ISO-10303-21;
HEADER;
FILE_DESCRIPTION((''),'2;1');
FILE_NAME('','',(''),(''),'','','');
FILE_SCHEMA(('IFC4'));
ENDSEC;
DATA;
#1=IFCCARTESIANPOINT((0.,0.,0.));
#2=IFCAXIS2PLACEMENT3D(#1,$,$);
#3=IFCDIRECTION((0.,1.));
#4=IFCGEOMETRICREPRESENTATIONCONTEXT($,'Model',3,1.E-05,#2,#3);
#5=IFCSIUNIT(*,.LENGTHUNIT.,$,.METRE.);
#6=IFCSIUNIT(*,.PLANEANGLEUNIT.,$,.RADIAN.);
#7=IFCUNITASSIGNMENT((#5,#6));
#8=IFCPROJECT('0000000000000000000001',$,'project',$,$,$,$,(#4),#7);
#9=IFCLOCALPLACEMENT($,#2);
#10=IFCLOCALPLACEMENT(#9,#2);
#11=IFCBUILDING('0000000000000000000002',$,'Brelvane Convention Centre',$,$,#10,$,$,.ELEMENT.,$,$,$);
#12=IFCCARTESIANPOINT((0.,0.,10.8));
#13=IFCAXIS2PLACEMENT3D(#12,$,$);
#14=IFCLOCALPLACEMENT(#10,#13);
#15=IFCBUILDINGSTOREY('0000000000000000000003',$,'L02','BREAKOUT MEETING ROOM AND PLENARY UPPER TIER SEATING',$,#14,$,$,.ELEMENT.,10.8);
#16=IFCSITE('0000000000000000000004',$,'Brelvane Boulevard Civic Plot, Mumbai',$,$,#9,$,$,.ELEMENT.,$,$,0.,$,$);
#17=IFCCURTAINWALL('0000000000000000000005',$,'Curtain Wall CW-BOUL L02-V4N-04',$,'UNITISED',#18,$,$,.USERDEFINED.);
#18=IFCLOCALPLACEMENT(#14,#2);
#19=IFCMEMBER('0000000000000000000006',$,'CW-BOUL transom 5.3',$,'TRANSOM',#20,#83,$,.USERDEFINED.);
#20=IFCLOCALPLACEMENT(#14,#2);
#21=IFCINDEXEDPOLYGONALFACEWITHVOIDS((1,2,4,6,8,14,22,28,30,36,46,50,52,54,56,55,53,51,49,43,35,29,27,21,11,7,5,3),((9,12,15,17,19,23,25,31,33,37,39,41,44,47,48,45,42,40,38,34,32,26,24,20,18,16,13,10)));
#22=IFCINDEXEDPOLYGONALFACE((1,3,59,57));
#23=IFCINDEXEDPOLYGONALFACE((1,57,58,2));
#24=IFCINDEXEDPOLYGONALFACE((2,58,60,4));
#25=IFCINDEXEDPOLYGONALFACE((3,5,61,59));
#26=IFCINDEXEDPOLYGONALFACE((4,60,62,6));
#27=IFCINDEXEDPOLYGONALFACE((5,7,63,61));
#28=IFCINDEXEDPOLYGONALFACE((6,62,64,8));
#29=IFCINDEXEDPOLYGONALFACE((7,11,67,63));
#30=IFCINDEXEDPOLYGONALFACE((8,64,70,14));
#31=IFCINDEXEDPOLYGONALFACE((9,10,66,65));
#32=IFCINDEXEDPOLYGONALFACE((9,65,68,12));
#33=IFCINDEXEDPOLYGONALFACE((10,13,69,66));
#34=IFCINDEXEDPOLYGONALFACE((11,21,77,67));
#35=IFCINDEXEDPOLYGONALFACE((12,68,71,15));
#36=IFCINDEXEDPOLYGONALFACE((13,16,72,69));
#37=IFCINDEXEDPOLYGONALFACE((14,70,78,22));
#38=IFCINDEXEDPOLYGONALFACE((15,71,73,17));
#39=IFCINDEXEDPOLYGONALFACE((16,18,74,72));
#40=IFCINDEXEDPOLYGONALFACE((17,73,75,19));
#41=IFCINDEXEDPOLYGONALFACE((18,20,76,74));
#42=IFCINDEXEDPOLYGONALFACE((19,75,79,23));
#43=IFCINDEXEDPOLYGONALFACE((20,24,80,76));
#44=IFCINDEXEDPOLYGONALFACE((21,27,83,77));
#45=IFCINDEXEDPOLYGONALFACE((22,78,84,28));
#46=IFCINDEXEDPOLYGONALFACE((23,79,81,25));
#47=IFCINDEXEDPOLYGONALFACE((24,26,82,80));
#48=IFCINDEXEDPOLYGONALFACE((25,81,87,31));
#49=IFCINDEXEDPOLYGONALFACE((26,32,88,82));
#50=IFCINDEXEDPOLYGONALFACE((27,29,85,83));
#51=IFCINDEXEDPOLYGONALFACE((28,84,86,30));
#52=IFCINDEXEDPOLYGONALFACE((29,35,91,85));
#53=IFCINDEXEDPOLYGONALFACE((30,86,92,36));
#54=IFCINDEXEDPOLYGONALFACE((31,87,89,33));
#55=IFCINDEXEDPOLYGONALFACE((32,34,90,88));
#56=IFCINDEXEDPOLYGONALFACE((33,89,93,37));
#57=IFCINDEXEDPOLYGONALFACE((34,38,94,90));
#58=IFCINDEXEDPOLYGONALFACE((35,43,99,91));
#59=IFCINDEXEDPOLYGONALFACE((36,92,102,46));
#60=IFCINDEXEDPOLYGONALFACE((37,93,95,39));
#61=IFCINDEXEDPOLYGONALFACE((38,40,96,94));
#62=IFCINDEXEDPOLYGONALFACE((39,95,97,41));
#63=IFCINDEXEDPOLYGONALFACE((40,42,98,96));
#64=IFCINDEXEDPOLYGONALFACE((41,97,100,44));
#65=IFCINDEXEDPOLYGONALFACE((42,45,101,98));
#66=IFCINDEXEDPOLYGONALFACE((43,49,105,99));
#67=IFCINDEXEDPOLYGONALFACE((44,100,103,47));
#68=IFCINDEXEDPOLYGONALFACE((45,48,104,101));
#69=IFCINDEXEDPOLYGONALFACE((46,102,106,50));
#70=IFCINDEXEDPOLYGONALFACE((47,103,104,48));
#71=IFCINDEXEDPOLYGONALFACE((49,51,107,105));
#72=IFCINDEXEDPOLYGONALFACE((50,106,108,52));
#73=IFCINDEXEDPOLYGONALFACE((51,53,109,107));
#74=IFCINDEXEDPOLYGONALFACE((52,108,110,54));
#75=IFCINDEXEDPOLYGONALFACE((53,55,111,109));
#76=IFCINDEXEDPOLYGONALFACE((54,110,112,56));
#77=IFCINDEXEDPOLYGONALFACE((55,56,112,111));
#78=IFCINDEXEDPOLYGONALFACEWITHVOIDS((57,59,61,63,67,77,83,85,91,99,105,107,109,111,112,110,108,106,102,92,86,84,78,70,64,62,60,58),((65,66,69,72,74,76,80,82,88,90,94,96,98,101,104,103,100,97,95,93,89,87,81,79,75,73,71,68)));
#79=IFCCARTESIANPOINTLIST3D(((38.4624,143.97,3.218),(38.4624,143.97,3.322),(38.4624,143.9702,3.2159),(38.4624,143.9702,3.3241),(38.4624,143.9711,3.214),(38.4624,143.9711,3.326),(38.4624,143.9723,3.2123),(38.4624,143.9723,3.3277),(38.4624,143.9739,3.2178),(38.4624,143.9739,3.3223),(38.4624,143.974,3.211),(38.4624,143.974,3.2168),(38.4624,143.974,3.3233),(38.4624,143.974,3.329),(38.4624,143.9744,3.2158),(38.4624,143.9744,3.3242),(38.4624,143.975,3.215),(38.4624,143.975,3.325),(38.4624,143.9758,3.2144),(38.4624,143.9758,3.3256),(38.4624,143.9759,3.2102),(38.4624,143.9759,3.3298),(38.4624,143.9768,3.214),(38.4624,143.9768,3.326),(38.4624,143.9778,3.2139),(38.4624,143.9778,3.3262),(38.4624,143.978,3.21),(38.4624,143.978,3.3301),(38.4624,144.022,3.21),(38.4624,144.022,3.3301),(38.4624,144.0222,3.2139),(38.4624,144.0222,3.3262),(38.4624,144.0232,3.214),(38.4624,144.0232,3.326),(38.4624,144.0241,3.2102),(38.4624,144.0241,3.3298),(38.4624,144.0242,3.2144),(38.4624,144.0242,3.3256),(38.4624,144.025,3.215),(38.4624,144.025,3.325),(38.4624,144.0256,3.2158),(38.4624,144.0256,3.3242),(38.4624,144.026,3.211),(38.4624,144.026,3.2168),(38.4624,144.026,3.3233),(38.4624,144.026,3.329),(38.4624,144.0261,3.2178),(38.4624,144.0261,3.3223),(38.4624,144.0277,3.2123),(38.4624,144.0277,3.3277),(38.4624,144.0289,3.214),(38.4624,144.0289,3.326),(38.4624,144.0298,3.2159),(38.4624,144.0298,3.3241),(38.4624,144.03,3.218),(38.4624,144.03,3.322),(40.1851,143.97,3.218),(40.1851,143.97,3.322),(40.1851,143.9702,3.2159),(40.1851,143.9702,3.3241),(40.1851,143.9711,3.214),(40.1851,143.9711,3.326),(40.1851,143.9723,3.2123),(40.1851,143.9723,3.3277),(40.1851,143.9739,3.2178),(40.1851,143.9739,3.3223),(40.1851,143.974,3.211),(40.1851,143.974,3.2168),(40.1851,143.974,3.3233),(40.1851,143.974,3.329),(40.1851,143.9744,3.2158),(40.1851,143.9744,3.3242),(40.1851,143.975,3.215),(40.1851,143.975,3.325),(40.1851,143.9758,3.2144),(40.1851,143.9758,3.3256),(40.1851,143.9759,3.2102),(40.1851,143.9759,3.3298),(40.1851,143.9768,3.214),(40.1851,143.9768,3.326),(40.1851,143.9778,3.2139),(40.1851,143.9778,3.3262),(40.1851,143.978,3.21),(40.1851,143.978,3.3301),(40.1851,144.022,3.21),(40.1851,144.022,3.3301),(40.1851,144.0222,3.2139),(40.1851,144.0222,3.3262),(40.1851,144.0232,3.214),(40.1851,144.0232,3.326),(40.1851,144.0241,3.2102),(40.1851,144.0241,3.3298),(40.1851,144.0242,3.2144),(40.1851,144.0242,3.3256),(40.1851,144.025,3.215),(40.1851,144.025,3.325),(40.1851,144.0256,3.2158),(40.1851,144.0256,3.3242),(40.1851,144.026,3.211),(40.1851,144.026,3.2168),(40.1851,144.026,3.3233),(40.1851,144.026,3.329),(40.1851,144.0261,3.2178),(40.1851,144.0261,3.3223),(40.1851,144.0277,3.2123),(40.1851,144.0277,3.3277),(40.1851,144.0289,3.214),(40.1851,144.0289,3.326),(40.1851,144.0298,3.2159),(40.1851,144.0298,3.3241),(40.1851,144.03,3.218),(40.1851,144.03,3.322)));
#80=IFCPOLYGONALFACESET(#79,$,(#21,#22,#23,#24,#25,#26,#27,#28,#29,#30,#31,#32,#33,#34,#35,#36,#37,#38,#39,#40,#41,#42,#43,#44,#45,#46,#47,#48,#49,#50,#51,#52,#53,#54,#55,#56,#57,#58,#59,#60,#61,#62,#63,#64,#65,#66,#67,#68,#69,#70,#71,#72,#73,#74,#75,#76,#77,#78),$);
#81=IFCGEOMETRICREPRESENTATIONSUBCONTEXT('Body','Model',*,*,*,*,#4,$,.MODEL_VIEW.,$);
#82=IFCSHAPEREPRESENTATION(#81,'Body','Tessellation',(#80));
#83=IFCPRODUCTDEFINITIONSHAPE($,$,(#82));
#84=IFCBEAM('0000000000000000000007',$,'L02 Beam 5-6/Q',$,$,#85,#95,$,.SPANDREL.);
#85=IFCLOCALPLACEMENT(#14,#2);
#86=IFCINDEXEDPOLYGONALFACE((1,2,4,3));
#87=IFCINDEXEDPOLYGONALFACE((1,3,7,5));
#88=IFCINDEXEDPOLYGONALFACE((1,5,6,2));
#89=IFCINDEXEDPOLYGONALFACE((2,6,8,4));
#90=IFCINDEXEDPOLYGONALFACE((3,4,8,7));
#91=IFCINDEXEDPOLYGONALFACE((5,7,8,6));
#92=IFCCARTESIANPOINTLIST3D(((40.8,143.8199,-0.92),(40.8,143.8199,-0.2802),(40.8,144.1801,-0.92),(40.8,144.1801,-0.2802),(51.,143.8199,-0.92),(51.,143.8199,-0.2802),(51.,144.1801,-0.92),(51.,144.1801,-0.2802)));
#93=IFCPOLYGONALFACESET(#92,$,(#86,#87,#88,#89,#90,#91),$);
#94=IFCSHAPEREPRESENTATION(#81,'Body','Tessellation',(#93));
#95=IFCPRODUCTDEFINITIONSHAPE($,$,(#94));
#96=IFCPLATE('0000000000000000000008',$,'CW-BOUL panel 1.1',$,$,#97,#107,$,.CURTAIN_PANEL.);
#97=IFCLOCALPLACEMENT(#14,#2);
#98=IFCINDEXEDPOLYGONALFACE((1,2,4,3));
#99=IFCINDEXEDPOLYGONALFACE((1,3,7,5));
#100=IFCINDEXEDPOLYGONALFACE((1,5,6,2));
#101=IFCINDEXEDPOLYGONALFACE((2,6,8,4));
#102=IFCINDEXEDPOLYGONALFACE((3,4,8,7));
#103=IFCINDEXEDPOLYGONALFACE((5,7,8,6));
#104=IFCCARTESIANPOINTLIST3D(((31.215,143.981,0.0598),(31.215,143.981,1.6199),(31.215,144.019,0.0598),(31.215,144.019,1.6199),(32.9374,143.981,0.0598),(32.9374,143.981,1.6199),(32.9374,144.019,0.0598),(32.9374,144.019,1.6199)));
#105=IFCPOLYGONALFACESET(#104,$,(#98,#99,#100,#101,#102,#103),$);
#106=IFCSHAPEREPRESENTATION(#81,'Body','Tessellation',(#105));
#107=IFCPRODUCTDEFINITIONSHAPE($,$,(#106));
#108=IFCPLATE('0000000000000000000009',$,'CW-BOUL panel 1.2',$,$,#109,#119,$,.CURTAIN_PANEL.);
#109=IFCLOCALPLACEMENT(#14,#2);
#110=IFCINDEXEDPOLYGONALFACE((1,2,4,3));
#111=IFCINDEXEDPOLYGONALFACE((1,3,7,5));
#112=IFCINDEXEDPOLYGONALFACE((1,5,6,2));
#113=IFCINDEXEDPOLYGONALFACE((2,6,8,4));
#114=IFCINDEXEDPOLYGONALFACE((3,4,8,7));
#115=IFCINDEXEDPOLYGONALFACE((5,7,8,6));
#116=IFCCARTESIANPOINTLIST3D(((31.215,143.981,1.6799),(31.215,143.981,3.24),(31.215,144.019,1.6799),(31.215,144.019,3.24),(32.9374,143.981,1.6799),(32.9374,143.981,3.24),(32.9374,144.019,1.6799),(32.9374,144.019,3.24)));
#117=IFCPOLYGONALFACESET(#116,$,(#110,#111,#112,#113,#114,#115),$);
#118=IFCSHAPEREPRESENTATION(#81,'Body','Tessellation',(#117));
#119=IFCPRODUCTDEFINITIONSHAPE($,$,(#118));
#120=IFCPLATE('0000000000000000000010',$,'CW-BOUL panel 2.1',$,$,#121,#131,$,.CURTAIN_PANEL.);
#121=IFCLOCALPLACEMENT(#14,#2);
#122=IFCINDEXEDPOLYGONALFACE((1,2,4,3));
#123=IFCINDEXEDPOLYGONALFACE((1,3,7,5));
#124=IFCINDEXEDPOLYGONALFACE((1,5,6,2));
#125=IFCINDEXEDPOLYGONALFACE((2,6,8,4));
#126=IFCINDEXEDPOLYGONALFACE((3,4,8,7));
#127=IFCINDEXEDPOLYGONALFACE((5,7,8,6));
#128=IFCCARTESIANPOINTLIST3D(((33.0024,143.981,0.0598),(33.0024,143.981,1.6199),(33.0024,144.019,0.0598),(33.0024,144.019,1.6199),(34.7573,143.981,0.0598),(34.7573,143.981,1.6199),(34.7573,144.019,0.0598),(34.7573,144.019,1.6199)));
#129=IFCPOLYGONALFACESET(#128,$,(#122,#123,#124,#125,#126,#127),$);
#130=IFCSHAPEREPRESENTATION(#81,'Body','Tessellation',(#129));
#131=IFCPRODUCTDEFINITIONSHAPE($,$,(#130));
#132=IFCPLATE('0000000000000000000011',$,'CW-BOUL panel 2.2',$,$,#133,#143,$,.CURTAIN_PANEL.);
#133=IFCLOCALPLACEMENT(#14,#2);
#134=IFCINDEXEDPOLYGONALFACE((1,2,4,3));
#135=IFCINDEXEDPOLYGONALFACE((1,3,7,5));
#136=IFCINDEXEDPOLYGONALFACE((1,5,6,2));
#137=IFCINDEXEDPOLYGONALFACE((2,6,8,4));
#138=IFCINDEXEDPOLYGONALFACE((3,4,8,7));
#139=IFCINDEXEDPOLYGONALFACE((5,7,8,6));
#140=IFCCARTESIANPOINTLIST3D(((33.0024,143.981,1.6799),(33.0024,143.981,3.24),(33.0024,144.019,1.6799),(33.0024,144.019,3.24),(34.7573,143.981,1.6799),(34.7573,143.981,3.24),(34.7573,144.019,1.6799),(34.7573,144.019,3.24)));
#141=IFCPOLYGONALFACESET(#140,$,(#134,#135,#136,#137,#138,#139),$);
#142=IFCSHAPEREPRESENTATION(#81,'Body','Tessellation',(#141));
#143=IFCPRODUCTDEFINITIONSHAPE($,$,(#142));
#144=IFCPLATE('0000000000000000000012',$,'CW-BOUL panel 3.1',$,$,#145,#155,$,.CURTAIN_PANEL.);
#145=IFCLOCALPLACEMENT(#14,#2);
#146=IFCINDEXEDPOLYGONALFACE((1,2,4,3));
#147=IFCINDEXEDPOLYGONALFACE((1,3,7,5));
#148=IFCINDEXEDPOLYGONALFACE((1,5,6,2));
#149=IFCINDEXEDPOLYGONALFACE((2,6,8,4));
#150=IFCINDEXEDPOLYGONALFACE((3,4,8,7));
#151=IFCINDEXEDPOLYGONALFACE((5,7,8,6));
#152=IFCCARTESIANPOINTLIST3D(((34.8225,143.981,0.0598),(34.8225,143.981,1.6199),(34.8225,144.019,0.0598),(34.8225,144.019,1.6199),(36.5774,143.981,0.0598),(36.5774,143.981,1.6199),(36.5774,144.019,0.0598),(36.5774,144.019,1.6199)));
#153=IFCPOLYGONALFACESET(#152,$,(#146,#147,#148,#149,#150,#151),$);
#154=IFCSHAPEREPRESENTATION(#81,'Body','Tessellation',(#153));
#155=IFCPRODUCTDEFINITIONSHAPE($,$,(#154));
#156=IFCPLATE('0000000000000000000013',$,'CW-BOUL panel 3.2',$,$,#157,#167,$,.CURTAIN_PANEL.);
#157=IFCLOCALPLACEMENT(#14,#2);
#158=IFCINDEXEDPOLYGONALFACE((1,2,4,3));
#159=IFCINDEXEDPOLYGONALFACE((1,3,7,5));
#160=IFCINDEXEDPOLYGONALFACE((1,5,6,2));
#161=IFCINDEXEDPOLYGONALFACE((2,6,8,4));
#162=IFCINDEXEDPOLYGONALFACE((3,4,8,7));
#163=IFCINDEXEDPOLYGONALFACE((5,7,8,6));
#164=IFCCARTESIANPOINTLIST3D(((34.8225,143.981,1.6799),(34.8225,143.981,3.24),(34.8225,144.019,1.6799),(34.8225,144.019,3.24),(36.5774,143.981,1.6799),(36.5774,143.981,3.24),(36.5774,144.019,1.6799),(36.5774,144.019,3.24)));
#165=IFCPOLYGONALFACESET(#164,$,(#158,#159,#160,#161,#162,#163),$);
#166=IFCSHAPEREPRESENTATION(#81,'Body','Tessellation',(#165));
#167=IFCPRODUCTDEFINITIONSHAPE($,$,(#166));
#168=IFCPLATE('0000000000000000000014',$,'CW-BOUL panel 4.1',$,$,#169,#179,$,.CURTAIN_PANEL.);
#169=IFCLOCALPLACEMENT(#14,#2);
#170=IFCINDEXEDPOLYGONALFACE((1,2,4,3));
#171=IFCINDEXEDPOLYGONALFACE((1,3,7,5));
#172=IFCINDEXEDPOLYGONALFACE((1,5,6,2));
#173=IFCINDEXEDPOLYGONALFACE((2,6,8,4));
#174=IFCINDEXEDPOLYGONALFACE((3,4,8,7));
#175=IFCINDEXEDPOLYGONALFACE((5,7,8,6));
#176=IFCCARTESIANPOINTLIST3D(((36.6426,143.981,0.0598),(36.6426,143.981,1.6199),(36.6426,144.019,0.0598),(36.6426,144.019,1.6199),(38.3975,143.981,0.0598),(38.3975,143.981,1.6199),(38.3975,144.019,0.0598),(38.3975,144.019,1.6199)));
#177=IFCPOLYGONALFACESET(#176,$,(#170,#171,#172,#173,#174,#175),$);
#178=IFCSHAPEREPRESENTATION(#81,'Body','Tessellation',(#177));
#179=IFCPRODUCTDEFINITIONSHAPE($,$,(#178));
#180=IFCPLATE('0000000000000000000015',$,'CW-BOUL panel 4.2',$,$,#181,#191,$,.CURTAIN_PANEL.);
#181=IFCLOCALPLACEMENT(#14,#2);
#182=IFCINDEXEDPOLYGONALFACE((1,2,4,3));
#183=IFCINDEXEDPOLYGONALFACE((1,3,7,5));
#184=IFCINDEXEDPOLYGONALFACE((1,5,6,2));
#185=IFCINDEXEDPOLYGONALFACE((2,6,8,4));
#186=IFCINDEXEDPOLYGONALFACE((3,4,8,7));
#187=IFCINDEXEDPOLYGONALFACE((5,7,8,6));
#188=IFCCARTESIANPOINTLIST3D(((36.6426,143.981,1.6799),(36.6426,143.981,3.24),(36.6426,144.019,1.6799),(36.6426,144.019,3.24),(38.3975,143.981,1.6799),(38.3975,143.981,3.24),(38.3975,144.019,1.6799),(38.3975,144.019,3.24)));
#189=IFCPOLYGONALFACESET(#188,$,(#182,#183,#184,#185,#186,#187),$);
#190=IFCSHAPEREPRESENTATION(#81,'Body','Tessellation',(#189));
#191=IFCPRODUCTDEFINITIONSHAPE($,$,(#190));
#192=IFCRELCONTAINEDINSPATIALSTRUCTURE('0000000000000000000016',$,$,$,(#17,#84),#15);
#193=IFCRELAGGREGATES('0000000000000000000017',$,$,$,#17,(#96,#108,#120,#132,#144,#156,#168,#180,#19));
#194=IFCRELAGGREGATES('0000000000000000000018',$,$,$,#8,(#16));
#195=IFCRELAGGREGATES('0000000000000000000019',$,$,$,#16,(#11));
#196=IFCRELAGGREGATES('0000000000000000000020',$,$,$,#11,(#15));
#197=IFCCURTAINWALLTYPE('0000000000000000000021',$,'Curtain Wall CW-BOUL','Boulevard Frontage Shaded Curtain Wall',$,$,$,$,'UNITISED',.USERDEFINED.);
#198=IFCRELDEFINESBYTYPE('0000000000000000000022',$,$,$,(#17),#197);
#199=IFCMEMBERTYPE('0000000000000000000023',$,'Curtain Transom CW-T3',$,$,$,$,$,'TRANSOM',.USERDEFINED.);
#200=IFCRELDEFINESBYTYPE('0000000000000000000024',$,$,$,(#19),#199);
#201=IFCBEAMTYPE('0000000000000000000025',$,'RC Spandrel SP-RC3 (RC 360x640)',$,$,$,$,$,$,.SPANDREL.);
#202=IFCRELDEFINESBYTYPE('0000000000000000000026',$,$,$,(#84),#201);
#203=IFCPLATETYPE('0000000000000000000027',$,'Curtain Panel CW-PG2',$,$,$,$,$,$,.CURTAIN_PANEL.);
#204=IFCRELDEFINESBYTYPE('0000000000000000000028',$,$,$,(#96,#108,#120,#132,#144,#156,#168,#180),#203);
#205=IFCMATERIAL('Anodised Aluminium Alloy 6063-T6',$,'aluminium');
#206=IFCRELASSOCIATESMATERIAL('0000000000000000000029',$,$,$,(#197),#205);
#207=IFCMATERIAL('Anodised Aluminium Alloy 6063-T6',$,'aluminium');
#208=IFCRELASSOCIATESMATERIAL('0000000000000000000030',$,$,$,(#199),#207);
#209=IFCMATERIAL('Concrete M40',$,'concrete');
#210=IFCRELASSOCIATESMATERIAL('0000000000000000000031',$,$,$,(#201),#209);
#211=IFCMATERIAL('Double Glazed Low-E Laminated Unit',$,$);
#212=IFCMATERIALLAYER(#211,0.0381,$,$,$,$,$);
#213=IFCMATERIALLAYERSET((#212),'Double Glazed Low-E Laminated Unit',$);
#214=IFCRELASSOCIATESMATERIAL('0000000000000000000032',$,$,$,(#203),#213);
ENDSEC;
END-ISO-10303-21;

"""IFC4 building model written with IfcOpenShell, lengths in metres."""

from ifc_helpers import new_model, si_unit, direction, frame, origin, origin_2d, place, context, subcontext, project, spatial, rectangle, hollow_rectangle, extrude, material, layer, layer_set, material_profile, profile_set, type_object, element, aggregate, save


model = new_model("IFC4")

# Units and contexts
model_context = context("Model", 3, precision=1e-05, world=origin(), true_north=direction((0.0, 1.0)))
body_context = subcontext(model_context, "Body", "Model", "MODEL_VIEW")
ifc_project = project(units=[si_unit("LENGTHUNIT", "METRE"), si_unit("PLANEANGLEUNIT", "RADIAN")], contexts=[model_context])

# Site, building, storey
site_placement = place(None, origin())
site = spatial("IfcSite", under=ifc_project, at=site_placement, Name="Brelvane Boulevard Civic Plot, Mumbai", CompositionType="ELEMENT", RefElevation=0.0)
building_placement = place(site_placement, origin())
building = spatial("IfcBuilding", under=site, at=building_placement, Name="Brelvane Convention Centre", CompositionType="ELEMENT")
storey_placement = place(building_placement, frame((0.0, 0.0, 10.8)))
storey = spatial("IfcBuildingStorey", under=building, at=storey_placement, Name="L02", Description="BREAKOUT MEETING ROOM AND PLENARY UPPER TIER SEATING", CompositionType="ELEMENT", Elevation=10.8)

# Curtain wall, member
ifc_material_1 = material(Name="Anodised Aluminium Alloy 6063-T6", Category="aluminium")
curtain_wall_type = type_object("IfcCurtainWallType", Name="Curtain Wall CW-BOUL", Description="Boulevard Frontage Shaded Curtain Wall", ElementType="UNITISED", PredefinedType="USERDEFINED", material=ifc_material_1)
curtain_wall_placement = place(storey_placement, origin())
curtain_wall = element("IfcCurtainWall", 1, at=curtain_wall_placement, inside=storey, type_object=curtain_wall_type, Name="Curtain Wall CW-BOUL L02-V4N-04", ObjectType="UNITISED", PredefinedType="USERDEFINED")
ifc_material_2 = material(Name="Anodised Aluminium Alloy 6063-T6", Category="aluminium")
ifc_material_profile_1 = material_profile(ifc_material_2, hollow_rectangle(XDim=0.0601, YDim=0.1201, WallThickness=0.0039, InnerFilletRadius=0.0039, OuterFilletRadius=0.0081, at=origin_2d()), Name="ALU-T 120x60x4.0")
ifc_profile_set_1 = profile_set([ifc_material_profile_1], Name="Anodised Aluminium Alloy 6063-T6")
member_type_1 = type_object("IfcMemberType", Name="Curtain Transom CW-T3", ElementType="TRANSOM", PredefinedType="USERDEFINED", material=ifc_profile_set_1)
member_1_placement = place(storey_placement, frame((38.4624, 144.0, 3.27), z_axis=(1.0, 0.0, 0.0), x_axis=(0.0, 1.0, 0.0)))
member_1 = element("IfcMember", 2, at=member_1_placement, type_object=member_type_1, Name="CW-BOUL transom 5.3", ObjectType="TRANSOM", PredefinedType="USERDEFINED", context=body_context, shape_type="SweptSolid", body=[
    extrude(hollow_rectangle(XDim=0.0601, YDim=0.1201, WallThickness=0.0039, InnerFilletRadius=0.0039, OuterFilletRadius=0.0081, at=origin_2d()), origin(), (0.0, 0.0, 1.0), 1.7227),
])

# Beam
ifc_material_3 = material(Name="Concrete M40", Category="concrete")
ifc_material_profile_2 = material_profile(ifc_material_3, rectangle(XDim=0.3601, YDim=0.6399, at=origin_2d()), Name="RC 360x640")
ifc_profile_set_2 = profile_set([ifc_material_profile_2], Name="Concrete M40")
beam_type = type_object("IfcBeamType", Name="RC Spandrel SP-RC3 (RC 360x640)", PredefinedType="SPANDREL", material=ifc_profile_set_2)
beam_placement = place(storey_placement, frame((40.8, 144.0, -0.6001), z_axis=(1.0, 0.0, 0.0), x_axis=(0.0, 1.0, 0.0)))
element("IfcBeam", 3, at=beam_placement, inside=storey, type_object=beam_type, Name="L02 Beam 5-6/Q", PredefinedType="SPANDREL", context=body_context, shape_type="SweptSolid", body=[
    extrude(rectangle(XDim=0.3601, YDim=0.6399, at=origin_2d()), origin(), (0.0, 0.0, 1.0), 10.2),
])

# Plates
ifc_material_4 = material(Name="Double Glazed Low-E Laminated Unit")
ifc_layer_1 = layer(ifc_material_4, 0.0381)
ifc_layer_set_1 = layer_set([ifc_layer_1], Name="Double Glazed Low-E Laminated Unit")
plate_type_1 = type_object("IfcPlateType", Name="Curtain Panel CW-PG2", PredefinedType="CURTAIN_PANEL", material=ifc_layer_set_1)
plate_1_placement = place(storey_placement, frame((32.0762, 144.0, 0.0598), z_axis=(0.0, 0.0, 1.0), x_axis=(1.0, 0.0, 0.0)))
plate_1 = element("IfcPlate", 4, at=plate_1_placement, type_object=plate_type_1, Name="CW-BOUL panel 1.1", PredefinedType="CURTAIN_PANEL", context=body_context, shape_type="SweptSolid", body=[
    extrude(rectangle(XDim=1.7224, YDim=0.0381, at=origin_2d()), origin(), (0.0, 0.0, 1.0), 1.5601),
])
plate_2_placement = place(storey_placement, frame((32.0762, 144.0, 1.6799), z_axis=(0.0, 0.0, 1.0), x_axis=(1.0, 0.0, 0.0)))
plate_2 = element("IfcPlate", 5, at=plate_2_placement, type_object=plate_type_1, Name="CW-BOUL panel 1.2", PredefinedType="CURTAIN_PANEL", context=body_context, shape_type="SweptSolid", body=[
    extrude(rectangle(XDim=1.7224, YDim=0.0381, at=origin_2d()), origin(), (0.0, 0.0, 1.0), 1.5601),
])
plate_3_placement = place(storey_placement, frame((33.8799, 144.0, 0.0598), z_axis=(0.0, 0.0, 1.0), x_axis=(1.0, 0.0, 0.0)))
plate_3 = element("IfcPlate", 6, at=plate_3_placement, type_object=plate_type_1, Name="CW-BOUL panel 2.1", PredefinedType="CURTAIN_PANEL", context=body_context, shape_type="SweptSolid", body=[
    extrude(rectangle(XDim=1.7549, YDim=0.0381, at=origin_2d()), origin(), (0.0, 0.0, 1.0), 1.5601),
])
plate_4_placement = place(storey_placement, frame((33.8799, 144.0, 1.6799), z_axis=(0.0, 0.0, 1.0), x_axis=(1.0, 0.0, 0.0)))
plate_4 = element("IfcPlate", 7, at=plate_4_placement, type_object=plate_type_1, Name="CW-BOUL panel 2.2", PredefinedType="CURTAIN_PANEL", context=body_context, shape_type="SweptSolid", body=[
    extrude(rectangle(XDim=1.7549, YDim=0.0381, at=origin_2d()), origin(), (0.0, 0.0, 1.0), 1.5601),
])
plate_5_placement = place(storey_placement, frame((35.7, 144.0, 0.0598), z_axis=(0.0, 0.0, 1.0), x_axis=(1.0, 0.0, 0.0)))
plate_5 = element("IfcPlate", 8, at=plate_5_placement, type_object=plate_type_1, Name="CW-BOUL panel 3.1", PredefinedType="CURTAIN_PANEL", context=body_context, shape_type="SweptSolid", body=[
    extrude(rectangle(XDim=1.7549, YDim=0.0381, at=origin_2d()), origin(), (0.0, 0.0, 1.0), 1.5601),
])
plate_6_placement = place(storey_placement, frame((35.7, 144.0, 1.6799), z_axis=(0.0, 0.0, 1.0), x_axis=(1.0, 0.0, 0.0)))
plate_6 = element("IfcPlate", 9, at=plate_6_placement, type_object=plate_type_1, Name="CW-BOUL panel 3.2", PredefinedType="CURTAIN_PANEL", context=body_context, shape_type="SweptSolid", body=[
    extrude(rectangle(XDim=1.7549, YDim=0.0381, at=origin_2d()), origin(), (0.0, 0.0, 1.0), 1.5601),
])
plate_7_placement = place(storey_placement, frame((37.52, 144.0, 0.0598), z_axis=(0.0, 0.0, 1.0), x_axis=(1.0, 0.0, 0.0)))
plate_7 = element("IfcPlate", 10, at=plate_7_placement, type_object=plate_type_1, Name="CW-BOUL panel 4.1", PredefinedType="CURTAIN_PANEL", context=body_context, shape_type="SweptSolid", body=[
    extrude(rectangle(XDim=1.7549, YDim=0.0381, at=origin_2d()), origin(), (0.0, 0.0, 1.0), 1.5601),
])
plate_8_placement = place(storey_placement, frame((37.52, 144.0, 1.6799), z_axis=(0.0, 0.0, 1.0), x_axis=(1.0, 0.0, 0.0)))
plate_8 = element("IfcPlate", 11, at=plate_8_placement, type_object=plate_type_1, Name="CW-BOUL panel 4.2", PredefinedType="CURTAIN_PANEL", context=body_context, shape_type="SweptSolid", body=[
    extrude(rectangle(XDim=1.7549, YDim=0.0381, at=origin_2d()), origin(), (0.0, 0.0, 1.0), 1.5601),
])
aggregate(curtain_wall, [plate_1, plate_2, plate_3, plate_4, plate_5, plate_6, plate_7, plate_8, member_1])

save(model, "model.ifc")
